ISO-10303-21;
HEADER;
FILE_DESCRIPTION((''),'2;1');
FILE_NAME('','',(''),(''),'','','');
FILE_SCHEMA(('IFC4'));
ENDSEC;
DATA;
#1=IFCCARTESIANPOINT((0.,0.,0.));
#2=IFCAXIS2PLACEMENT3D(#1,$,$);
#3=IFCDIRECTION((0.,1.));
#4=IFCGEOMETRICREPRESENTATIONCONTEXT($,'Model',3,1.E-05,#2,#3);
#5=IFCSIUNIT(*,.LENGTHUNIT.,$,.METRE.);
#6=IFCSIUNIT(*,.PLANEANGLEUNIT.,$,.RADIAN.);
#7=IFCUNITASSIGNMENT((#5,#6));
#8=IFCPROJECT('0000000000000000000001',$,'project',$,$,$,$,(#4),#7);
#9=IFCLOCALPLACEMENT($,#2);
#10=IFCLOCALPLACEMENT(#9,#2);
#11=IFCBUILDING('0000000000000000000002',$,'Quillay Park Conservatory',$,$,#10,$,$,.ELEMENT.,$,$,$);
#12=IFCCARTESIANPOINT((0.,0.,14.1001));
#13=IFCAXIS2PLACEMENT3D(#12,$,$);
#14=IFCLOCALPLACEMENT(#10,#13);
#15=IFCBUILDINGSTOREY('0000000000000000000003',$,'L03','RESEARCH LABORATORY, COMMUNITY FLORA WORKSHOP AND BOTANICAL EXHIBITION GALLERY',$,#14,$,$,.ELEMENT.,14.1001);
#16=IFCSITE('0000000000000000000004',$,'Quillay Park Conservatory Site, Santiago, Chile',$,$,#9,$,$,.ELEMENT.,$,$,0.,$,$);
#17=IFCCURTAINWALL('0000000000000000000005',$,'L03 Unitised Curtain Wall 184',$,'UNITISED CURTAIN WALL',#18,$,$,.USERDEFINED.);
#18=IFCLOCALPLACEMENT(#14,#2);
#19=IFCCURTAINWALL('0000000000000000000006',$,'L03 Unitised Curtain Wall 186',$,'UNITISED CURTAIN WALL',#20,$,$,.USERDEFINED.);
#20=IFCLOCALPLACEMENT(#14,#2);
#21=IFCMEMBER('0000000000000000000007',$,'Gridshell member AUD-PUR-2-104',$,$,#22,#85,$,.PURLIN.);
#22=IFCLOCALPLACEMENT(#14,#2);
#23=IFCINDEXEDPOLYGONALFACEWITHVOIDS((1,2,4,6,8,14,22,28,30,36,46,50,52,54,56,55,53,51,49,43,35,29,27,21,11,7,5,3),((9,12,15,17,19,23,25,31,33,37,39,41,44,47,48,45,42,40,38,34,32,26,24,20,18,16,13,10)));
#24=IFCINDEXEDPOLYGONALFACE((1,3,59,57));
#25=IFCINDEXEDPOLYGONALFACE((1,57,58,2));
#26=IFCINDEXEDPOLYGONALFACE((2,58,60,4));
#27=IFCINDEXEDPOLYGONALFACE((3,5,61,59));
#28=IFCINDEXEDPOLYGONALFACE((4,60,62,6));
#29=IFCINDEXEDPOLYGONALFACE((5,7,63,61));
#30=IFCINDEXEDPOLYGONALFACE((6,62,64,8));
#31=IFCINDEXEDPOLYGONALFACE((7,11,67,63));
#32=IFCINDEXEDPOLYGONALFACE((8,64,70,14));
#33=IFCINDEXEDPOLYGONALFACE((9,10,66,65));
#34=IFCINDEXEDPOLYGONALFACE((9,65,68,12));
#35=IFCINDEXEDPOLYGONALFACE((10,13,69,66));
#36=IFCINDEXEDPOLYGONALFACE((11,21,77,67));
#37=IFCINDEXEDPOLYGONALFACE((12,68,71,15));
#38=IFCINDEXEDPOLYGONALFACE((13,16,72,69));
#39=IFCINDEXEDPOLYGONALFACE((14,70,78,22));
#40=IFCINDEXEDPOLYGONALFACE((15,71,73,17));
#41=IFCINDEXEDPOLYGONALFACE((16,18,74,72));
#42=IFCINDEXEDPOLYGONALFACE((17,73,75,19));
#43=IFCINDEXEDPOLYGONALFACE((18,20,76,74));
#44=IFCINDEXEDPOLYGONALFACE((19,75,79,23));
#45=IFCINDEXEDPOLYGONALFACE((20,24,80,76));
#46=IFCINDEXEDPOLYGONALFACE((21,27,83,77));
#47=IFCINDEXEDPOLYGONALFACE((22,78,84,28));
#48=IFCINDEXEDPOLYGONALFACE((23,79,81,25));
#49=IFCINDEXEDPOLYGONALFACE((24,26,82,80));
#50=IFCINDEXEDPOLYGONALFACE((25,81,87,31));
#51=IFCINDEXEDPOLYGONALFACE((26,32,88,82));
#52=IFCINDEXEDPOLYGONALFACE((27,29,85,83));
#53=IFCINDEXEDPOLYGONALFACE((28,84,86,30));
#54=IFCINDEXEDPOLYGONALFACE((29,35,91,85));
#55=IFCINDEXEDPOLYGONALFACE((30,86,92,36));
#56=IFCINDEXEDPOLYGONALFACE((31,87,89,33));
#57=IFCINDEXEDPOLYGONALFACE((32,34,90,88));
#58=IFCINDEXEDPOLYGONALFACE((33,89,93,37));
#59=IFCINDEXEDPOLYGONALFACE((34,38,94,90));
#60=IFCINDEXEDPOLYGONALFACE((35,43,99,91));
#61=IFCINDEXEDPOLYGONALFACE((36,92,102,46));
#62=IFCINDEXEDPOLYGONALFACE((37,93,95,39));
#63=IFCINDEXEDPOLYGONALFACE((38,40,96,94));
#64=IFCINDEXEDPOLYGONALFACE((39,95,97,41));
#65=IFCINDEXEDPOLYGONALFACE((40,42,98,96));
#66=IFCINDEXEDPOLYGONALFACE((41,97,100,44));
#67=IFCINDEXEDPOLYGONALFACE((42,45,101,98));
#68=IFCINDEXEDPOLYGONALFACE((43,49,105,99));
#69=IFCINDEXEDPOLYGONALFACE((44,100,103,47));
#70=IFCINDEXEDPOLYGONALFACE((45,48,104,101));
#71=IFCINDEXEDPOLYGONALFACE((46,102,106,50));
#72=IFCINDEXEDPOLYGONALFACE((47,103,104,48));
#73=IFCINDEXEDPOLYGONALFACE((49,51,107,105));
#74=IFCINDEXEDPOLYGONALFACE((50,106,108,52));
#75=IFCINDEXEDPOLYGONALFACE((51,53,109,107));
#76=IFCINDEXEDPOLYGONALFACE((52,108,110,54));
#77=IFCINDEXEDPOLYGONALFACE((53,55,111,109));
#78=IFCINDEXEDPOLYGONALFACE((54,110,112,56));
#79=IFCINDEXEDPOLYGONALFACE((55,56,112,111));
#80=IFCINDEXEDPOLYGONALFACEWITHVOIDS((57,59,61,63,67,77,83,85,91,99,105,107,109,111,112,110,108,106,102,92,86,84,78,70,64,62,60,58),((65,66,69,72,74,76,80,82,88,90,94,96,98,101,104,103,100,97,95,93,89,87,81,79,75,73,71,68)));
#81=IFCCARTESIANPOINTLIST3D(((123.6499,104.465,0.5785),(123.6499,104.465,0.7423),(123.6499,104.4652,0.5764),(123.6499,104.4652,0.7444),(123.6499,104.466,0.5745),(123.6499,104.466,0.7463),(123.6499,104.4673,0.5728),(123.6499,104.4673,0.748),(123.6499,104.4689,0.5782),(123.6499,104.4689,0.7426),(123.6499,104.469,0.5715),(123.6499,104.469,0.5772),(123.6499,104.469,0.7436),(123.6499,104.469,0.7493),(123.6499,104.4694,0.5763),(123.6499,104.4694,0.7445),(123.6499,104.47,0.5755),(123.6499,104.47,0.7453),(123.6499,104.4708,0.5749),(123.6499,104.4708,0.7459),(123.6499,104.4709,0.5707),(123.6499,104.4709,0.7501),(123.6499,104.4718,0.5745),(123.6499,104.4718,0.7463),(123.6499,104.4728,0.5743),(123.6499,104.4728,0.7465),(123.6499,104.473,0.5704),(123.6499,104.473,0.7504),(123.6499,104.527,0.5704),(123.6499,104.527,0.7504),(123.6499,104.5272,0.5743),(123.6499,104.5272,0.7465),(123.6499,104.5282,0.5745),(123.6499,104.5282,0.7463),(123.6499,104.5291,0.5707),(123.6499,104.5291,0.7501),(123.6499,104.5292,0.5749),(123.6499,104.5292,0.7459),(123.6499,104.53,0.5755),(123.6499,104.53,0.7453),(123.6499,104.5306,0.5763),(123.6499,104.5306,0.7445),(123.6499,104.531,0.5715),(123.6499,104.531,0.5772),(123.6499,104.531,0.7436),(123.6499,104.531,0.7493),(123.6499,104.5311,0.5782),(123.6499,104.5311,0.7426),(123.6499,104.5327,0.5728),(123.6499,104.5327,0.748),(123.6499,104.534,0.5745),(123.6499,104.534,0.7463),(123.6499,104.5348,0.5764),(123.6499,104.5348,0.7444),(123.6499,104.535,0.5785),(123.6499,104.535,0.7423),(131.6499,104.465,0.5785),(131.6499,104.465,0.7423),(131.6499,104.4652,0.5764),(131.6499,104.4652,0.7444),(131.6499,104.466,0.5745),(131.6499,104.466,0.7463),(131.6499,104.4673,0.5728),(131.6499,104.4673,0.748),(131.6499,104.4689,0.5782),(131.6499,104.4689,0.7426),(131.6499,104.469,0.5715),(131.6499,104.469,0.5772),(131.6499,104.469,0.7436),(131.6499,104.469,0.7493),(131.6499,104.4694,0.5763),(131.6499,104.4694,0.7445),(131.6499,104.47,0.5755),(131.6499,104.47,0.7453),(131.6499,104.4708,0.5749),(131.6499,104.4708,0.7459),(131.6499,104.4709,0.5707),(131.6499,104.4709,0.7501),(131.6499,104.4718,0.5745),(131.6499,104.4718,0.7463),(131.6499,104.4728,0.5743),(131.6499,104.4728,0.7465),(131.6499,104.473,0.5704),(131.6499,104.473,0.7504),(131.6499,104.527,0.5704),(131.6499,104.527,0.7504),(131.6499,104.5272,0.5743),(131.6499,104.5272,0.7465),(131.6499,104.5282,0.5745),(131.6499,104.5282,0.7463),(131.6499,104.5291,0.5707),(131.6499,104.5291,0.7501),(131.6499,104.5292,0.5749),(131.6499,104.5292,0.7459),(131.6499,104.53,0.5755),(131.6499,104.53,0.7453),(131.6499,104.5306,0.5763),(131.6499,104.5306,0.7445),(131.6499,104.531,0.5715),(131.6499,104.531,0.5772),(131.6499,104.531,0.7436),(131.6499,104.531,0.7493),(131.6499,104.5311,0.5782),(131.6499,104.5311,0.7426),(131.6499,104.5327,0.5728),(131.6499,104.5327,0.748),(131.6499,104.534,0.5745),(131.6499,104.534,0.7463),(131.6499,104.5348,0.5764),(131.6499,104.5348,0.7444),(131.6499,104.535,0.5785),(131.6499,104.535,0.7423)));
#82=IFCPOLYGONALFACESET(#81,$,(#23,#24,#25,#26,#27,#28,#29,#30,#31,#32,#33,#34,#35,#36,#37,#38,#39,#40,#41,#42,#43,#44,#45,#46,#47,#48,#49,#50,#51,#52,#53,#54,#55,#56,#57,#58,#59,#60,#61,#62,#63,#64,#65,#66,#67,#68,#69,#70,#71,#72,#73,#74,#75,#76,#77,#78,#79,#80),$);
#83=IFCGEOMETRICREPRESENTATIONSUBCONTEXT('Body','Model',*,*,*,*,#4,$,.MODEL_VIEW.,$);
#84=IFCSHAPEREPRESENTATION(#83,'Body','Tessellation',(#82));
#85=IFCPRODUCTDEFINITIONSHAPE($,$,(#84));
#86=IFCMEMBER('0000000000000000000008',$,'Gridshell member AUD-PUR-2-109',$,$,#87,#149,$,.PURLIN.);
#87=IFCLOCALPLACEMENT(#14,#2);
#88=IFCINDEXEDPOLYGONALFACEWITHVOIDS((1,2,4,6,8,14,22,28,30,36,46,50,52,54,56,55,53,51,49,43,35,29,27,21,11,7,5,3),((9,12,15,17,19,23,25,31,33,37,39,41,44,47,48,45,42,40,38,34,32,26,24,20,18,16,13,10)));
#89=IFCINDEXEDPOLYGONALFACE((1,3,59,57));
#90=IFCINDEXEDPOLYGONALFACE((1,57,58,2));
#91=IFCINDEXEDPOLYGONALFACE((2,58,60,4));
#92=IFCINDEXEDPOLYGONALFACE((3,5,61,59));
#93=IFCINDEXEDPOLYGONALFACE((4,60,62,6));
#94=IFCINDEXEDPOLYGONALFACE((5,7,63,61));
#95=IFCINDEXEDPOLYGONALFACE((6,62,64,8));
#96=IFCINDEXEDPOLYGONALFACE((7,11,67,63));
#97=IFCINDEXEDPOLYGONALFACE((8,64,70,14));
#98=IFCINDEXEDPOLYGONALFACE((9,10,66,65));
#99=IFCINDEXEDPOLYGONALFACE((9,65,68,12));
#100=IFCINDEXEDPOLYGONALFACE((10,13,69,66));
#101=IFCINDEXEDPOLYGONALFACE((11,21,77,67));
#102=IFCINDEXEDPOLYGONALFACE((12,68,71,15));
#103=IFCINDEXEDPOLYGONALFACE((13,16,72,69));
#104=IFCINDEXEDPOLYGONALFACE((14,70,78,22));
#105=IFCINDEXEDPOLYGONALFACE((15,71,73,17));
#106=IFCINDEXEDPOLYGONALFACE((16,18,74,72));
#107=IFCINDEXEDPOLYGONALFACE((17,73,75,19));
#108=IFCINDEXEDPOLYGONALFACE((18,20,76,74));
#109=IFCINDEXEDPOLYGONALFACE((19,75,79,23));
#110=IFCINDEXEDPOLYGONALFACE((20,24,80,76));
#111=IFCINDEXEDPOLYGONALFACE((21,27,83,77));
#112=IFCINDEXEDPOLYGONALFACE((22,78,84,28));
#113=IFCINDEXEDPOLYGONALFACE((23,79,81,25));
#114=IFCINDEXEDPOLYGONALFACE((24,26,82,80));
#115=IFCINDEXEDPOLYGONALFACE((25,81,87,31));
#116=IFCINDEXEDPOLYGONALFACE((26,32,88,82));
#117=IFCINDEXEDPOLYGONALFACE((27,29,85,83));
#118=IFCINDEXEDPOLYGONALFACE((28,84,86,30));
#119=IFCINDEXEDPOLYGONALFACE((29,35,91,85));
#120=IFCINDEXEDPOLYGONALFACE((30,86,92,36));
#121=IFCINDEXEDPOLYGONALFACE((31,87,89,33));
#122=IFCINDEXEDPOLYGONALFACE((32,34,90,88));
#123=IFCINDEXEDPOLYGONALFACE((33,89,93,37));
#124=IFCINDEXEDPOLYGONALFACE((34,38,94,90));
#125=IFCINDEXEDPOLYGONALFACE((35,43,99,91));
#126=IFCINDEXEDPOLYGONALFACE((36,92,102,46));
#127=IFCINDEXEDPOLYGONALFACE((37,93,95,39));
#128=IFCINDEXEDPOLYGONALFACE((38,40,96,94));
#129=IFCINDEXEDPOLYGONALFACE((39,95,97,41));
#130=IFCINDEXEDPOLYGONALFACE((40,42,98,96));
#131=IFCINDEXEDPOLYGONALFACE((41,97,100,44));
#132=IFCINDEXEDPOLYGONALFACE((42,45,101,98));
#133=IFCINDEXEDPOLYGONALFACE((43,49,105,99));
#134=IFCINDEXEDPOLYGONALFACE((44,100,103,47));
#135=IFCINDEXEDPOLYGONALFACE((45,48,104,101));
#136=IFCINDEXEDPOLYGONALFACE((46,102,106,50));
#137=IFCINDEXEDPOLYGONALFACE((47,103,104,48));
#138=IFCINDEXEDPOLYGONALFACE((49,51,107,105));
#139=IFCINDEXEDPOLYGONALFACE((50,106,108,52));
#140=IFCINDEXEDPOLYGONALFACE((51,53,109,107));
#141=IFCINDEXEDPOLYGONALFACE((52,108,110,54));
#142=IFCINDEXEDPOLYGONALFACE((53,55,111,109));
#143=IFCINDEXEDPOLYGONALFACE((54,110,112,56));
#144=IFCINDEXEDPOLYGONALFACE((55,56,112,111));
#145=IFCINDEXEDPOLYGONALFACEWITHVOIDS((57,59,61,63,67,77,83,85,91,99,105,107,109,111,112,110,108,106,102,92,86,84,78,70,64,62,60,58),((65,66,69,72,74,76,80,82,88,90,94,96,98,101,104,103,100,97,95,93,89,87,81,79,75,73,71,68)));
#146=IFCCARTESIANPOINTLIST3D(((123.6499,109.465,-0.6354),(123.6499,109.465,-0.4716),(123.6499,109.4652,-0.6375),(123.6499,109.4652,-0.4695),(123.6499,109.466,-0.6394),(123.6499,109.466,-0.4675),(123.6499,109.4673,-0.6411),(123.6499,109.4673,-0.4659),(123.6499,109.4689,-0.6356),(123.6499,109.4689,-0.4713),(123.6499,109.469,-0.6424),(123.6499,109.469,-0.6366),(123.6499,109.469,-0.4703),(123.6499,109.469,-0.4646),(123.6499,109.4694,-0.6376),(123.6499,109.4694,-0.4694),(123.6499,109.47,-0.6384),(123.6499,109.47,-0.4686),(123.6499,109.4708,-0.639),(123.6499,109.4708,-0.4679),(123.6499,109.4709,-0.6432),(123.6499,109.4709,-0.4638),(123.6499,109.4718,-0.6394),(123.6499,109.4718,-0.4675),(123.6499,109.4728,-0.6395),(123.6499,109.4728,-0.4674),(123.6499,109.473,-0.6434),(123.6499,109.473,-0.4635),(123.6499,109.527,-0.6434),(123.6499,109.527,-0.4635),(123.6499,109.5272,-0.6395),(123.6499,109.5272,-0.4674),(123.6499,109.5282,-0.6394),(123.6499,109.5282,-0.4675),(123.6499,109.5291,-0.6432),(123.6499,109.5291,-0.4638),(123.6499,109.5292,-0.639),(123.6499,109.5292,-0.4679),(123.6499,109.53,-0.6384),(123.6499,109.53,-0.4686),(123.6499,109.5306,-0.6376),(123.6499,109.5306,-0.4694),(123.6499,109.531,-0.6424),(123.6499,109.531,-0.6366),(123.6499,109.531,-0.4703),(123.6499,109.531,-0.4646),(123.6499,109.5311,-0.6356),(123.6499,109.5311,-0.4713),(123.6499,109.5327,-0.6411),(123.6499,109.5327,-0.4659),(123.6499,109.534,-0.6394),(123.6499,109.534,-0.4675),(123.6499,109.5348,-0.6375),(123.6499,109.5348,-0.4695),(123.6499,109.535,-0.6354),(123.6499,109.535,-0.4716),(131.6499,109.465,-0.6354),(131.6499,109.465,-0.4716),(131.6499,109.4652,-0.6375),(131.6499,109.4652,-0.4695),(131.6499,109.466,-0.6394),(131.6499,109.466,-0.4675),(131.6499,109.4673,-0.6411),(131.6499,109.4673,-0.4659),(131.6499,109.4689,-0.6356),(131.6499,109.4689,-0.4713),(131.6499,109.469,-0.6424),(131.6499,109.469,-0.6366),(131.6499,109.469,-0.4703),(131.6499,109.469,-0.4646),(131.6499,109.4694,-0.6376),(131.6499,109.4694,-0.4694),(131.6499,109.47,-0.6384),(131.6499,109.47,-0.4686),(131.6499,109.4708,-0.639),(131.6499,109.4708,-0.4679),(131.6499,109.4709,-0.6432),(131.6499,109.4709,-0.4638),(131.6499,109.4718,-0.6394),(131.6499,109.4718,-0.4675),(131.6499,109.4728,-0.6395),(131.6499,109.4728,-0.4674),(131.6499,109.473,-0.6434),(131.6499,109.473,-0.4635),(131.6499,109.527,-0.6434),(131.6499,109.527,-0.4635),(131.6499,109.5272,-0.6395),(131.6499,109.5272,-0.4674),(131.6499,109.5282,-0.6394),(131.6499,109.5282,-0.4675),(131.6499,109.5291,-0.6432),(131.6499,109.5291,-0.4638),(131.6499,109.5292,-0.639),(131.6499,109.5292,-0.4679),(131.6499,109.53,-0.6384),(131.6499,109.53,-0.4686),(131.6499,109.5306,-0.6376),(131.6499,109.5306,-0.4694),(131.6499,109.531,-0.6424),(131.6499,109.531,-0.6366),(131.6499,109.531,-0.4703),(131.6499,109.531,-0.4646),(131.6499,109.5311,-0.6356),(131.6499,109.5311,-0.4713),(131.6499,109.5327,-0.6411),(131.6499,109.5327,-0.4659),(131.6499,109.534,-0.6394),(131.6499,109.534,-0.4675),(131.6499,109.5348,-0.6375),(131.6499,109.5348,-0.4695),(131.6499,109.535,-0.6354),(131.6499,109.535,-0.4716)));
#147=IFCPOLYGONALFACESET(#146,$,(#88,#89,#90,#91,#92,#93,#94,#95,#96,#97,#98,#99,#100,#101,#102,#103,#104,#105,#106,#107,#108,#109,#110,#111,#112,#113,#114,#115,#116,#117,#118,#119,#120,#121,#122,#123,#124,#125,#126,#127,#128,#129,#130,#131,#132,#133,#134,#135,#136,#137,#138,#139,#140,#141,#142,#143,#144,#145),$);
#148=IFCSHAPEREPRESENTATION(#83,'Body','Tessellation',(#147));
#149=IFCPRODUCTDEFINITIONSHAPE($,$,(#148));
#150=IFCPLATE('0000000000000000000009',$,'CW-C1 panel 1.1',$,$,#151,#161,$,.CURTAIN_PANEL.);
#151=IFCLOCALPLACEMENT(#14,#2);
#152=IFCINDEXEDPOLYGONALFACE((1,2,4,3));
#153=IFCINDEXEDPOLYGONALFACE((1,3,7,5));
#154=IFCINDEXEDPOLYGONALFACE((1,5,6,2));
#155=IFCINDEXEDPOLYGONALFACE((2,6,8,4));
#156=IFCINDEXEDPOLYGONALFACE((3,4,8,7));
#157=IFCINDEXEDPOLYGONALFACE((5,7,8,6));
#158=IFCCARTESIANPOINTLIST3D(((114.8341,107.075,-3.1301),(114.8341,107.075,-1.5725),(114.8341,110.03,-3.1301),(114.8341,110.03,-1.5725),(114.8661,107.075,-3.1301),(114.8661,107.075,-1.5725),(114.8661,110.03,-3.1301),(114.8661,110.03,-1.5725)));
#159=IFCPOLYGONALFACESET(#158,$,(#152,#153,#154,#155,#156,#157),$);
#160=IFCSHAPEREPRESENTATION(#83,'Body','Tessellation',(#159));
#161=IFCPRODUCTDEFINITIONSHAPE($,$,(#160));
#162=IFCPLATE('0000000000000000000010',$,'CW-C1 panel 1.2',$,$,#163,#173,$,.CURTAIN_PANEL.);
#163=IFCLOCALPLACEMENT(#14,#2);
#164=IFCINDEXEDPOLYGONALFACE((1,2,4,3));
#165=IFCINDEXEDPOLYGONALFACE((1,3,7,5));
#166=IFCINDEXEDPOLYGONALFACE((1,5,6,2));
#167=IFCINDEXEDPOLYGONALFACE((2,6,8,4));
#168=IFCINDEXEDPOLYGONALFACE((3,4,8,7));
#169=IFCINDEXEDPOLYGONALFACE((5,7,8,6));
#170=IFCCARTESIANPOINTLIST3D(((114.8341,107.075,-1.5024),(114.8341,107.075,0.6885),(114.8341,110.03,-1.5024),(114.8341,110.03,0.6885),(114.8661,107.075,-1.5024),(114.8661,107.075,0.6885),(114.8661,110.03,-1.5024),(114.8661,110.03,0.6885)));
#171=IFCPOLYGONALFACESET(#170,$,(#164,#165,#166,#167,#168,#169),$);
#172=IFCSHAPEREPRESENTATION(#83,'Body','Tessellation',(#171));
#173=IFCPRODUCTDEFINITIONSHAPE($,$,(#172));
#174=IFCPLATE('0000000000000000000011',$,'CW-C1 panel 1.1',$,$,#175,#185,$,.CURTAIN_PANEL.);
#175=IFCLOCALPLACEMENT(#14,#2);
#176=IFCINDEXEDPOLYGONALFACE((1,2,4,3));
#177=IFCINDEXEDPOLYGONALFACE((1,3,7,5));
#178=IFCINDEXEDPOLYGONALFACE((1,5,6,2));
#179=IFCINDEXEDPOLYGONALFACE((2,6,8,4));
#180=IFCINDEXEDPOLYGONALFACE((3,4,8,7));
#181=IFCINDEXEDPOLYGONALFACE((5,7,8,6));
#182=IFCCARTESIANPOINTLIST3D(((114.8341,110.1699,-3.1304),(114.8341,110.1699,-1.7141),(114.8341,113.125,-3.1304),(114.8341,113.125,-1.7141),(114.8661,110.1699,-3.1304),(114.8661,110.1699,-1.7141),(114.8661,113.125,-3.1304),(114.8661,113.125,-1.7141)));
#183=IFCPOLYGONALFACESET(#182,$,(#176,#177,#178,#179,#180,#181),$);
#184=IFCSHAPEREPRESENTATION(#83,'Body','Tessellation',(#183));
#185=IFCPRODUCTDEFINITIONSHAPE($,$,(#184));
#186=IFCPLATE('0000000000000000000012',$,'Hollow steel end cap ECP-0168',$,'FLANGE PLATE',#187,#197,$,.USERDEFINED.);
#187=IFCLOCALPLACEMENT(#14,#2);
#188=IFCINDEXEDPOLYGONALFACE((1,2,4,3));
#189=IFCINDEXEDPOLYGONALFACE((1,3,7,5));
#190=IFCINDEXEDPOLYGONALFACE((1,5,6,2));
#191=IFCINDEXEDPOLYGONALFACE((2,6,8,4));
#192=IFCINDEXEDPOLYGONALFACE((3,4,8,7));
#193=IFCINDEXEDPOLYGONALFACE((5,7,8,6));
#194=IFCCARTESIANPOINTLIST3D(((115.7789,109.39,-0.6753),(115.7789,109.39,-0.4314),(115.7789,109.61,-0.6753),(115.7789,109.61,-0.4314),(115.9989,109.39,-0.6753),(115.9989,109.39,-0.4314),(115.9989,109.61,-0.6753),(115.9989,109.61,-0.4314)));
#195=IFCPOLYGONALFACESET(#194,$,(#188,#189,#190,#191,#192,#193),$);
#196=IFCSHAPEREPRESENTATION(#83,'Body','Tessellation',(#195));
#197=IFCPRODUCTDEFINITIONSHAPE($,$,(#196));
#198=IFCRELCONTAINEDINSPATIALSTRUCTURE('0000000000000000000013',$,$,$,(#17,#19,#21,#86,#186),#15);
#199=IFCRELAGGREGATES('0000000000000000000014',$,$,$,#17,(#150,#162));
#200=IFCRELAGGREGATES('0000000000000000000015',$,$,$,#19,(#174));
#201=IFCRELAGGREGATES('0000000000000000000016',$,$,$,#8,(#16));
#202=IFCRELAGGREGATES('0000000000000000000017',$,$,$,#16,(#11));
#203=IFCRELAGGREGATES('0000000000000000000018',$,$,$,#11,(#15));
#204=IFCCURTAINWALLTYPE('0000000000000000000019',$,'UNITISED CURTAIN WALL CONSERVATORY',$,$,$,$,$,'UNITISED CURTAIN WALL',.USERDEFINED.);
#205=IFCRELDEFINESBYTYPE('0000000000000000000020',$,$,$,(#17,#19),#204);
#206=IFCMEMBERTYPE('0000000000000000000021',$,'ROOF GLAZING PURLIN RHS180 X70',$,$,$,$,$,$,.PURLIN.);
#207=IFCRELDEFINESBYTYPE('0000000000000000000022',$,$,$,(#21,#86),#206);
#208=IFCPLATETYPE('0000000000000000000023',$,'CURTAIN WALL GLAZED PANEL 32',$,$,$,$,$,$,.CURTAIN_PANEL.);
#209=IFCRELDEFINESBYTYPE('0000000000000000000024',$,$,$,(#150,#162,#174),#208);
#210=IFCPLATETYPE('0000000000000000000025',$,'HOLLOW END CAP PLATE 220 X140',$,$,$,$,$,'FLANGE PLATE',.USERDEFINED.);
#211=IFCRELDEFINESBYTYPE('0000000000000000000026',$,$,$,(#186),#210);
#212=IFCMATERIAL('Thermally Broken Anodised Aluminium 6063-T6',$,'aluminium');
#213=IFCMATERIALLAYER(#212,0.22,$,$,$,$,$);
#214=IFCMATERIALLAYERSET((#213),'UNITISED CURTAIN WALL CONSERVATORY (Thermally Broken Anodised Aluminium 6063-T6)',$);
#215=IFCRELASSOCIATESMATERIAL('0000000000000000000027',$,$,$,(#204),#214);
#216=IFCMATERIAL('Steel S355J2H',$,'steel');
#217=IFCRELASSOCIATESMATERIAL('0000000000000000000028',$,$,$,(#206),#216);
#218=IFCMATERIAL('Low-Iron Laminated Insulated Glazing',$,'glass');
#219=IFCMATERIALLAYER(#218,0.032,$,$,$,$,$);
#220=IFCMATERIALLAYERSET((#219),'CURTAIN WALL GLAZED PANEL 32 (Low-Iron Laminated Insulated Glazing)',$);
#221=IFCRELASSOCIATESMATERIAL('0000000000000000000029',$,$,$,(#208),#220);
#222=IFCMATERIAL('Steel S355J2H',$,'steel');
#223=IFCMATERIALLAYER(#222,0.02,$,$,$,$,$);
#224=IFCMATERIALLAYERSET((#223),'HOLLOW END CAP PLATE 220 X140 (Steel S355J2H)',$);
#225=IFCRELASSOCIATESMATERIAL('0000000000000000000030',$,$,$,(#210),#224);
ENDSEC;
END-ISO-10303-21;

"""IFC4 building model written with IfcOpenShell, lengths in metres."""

from ifc_helpers import new_model, si_unit, direction, frame, origin, origin_2d, place, context, subcontext, project, spatial, rectangle, hollow_rectangle, extrude, material, layer, layer_set, material_profile, profile_set, type_object, element, aggregate, save


model = new_model("IFC4")

# Units and contexts
model_context = context("Model", 3, precision=1e-05, world=origin(), true_north=direction((0.0, 1.0)))
body_context = subcontext(model_context, "Body", "Model", "MODEL_VIEW")
ifc_project = project(units=[si_unit("LENGTHUNIT", "METRE"), si_unit("PLANEANGLEUNIT", "RADIAN")], contexts=[model_context])

# Site, building, storey
site_placement = place(None, origin())
site = spatial("IfcSite", under=ifc_project, at=site_placement, Name="Quillay Park Conservatory Site, Santiago, Chile", CompositionType="ELEMENT", RefElevation=0.0)
building_placement = place(site_placement, origin())
building = spatial("IfcBuilding", under=site, at=building_placement, Name="Quillay Park Conservatory", CompositionType="ELEMENT")
storey_placement = place(building_placement, frame((0.0, 0.0, 14.1001)))
storey = spatial("IfcBuildingStorey", under=building, at=storey_placement, Name="L03", Description="RESEARCH LABORATORY, COMMUNITY FLORA WORKSHOP AND BOTANICAL EXHIBITION GALLERY", CompositionType="ELEMENT", Elevation=14.1001)

# Curtain walls
ifc_material_1 = material(Name="Thermally Broken Anodised Aluminium 6063-T6", Category="aluminium")
ifc_layer_1 = layer(ifc_material_1, 0.22)
ifc_layer_set_1 = layer_set([ifc_layer_1], Name="UNITISED CURTAIN WALL CONSERVATORY (Thermally Broken Anodised Aluminium 6063-T6)")
curtain_wall_type = type_object("IfcCurtainWallType", Name="UNITISED CURTAIN WALL CONSERVATORY", ElementType="UNITISED CURTAIN WALL", PredefinedType="USERDEFINED", material=ifc_layer_set_1)
curtain_wall_1_placement = place(storey_placement, origin())
curtain_wall_1 = element("IfcCurtainWall", 1, at=curtain_wall_1_placement, inside=storey, type_object=curtain_wall_type, Name="L03 Unitised Curtain Wall 184", ObjectType="UNITISED CURTAIN WALL", PredefinedType="USERDEFINED")
curtain_wall_2_placement = place(storey_placement, origin())
curtain_wall_2 = element("IfcCurtainWall", 2, at=curtain_wall_2_placement, inside=storey, type_object=curtain_wall_type, Name="L03 Unitised Curtain Wall 186", ObjectType="UNITISED CURTAIN WALL", PredefinedType="USERDEFINED")

# Members
ifc_material_2 = material(Name="Steel S355J2H", Category="steel")
ifc_material_profile_1 = material_profile(ifc_material_2, hollow_rectangle(XDim=0.0701, YDim=0.1799, WallThickness=0.0039, InnerFilletRadius=0.0039, OuterFilletRadius=0.0081, at=origin_2d()), Name="RHS180x70x4")
ifc_profile_set_1 = profile_set([ifc_material_profile_1], Name="Steel S355J2H")
member_type_1 = type_object("IfcMemberType", Name="ROOF GLAZING PURLIN RHS180 X70", PredefinedType="PURLIN", material=ifc_profile_set_1)
for number, where, z_axis, x_axis, name in (
    (3, (123.6499, 104.5, 0.6604), (1.0, 0.0, 0.0), (0.0, 1.0, 0.0), "Gridshell member AUD-PUR-2-104"),
    (4, (123.6499, 109.5, -0.5535), (1.0, 0.0, 0.0), (0.0, 1.0, 0.0), "Gridshell member AUD-PUR-2-109"),
):
    element("IfcMember", number, at=place(storey_placement, frame(where, z_axis=z_axis, x_axis=x_axis)), inside=storey, type_object=member_type_1, Name=name, PredefinedType="PURLIN", context=body_context, shape_type="SweptSolid", body=[
        extrude(hollow_rectangle(XDim=0.0701, YDim=0.1799, WallThickness=0.0039, InnerFilletRadius=0.0039, OuterFilletRadius=0.0081, at=origin_2d()), origin(), (0.0, 0.0, 1.0), 8.0),
    ])

# Plates
ifc_material_3 = material(Name="Low-Iron Laminated Insulated Glazing", Category="glass")
ifc_layer_2 = layer(ifc_material_3, 0.032)
ifc_layer_set_2 = layer_set([ifc_layer_2], Name="CURTAIN WALL GLAZED PANEL 32 (Low-Iron Laminated Insulated Glazing)")
plate_type_1 = type_object("IfcPlateType", Name="CURTAIN WALL GLAZED PANEL 32", PredefinedType="CURTAIN_PANEL", material=ifc_layer_set_2)
plate_1_placement = place(storey_placement, frame((114.8501, 108.5525, -3.1301), z_axis=(0.0, 0.0, 1.0), x_axis=(0.0, -1.0, 0.0)))
plate_1 = element("IfcPlate", 5, at=plate_1_placement, type_object=plate_type_1, Name="CW-C1 panel 1.1", PredefinedType="CURTAIN_PANEL", context=body_context, shape_type="SweptSolid", body=[
    extrude(rectangle(XDim=2.9551, YDim=0.032, at=origin_2d()), origin(), (0.0, 0.0, 1.0), 1.5576),
])
plate_2_placement = place(storey_placement, frame((114.8501, 108.5525, -1.5024), z_axis=(0.0, 0.0, 1.0), x_axis=(0.0, -1.0, 0.0)))
plate_2 = element("IfcPlate", 6, at=plate_2_placement, type_object=plate_type_1, Name="CW-C1 panel 1.2", PredefinedType="CURTAIN_PANEL", context=body_context, shape_type="SweptSolid", body=[
    extrude(rectangle(XDim=2.9551, YDim=0.032, at=origin_2d()), origin(), (0.0, 0.0, 1.0), 2.1909),
])
aggregate(curtain_wall_1, [plate_1, plate_2])
plate_3_placement = place(storey_placement, frame((114.8501, 111.6475, -3.1304), z_axis=(0.0, 0.0, 1.0), x_axis=(0.0, -1.0, 0.0)))
plate_3 = element("IfcPlate", 7, at=plate_3_placement, type_object=plate_type_1, Name="CW-C1 panel 1.1", PredefinedType="CURTAIN_PANEL", context=body_context, shape_type="SweptSolid", body=[
    extrude(rectangle(XDim=2.9551, YDim=0.032, at=origin_2d()), origin(), (0.0, 0.0, 1.0), 1.4163),
])
aggregate(curtain_wall_2, [plate_3])

# Plate
ifc_material_4 = material(Name="Steel S355J2H", Category="steel")
ifc_layer_3 = layer(ifc_material_4, 0.02)
ifc_layer_set_3 = layer_set([ifc_layer_3], Name="HOLLOW END CAP PLATE 220 X140 (Steel S355J2H)")
plate_type_2 = type_object("IfcPlateType", Name="HOLLOW END CAP PLATE 220 X140", ElementType="FLANGE PLATE", PredefinedType="USERDEFINED", material=ifc_layer_set_3)
for number, where, z_axis, x_axis, name in (
    (8, (115.8889, 109.5, -0.6753), (0.0, 0.0, 1.0), (1.0, 0.0, 0.0), "Hollow steel end cap ECP-0168"),
):
    element("IfcPlate", number, at=place(storey_placement, frame(where, z_axis=z_axis, x_axis=x_axis)), inside=storey, type_object=plate_type_2, Name=name, ObjectType="FLANGE PLATE", PredefinedType="USERDEFINED", context=body_context, shape_type="SweptSolid", body=[
        extrude(rectangle(XDim=0.22, YDim=0.22, at=origin_2d()), origin(), (0.0, 0.0, 1.0), 0.2439),
    ])

save(model, "model.ifc")
